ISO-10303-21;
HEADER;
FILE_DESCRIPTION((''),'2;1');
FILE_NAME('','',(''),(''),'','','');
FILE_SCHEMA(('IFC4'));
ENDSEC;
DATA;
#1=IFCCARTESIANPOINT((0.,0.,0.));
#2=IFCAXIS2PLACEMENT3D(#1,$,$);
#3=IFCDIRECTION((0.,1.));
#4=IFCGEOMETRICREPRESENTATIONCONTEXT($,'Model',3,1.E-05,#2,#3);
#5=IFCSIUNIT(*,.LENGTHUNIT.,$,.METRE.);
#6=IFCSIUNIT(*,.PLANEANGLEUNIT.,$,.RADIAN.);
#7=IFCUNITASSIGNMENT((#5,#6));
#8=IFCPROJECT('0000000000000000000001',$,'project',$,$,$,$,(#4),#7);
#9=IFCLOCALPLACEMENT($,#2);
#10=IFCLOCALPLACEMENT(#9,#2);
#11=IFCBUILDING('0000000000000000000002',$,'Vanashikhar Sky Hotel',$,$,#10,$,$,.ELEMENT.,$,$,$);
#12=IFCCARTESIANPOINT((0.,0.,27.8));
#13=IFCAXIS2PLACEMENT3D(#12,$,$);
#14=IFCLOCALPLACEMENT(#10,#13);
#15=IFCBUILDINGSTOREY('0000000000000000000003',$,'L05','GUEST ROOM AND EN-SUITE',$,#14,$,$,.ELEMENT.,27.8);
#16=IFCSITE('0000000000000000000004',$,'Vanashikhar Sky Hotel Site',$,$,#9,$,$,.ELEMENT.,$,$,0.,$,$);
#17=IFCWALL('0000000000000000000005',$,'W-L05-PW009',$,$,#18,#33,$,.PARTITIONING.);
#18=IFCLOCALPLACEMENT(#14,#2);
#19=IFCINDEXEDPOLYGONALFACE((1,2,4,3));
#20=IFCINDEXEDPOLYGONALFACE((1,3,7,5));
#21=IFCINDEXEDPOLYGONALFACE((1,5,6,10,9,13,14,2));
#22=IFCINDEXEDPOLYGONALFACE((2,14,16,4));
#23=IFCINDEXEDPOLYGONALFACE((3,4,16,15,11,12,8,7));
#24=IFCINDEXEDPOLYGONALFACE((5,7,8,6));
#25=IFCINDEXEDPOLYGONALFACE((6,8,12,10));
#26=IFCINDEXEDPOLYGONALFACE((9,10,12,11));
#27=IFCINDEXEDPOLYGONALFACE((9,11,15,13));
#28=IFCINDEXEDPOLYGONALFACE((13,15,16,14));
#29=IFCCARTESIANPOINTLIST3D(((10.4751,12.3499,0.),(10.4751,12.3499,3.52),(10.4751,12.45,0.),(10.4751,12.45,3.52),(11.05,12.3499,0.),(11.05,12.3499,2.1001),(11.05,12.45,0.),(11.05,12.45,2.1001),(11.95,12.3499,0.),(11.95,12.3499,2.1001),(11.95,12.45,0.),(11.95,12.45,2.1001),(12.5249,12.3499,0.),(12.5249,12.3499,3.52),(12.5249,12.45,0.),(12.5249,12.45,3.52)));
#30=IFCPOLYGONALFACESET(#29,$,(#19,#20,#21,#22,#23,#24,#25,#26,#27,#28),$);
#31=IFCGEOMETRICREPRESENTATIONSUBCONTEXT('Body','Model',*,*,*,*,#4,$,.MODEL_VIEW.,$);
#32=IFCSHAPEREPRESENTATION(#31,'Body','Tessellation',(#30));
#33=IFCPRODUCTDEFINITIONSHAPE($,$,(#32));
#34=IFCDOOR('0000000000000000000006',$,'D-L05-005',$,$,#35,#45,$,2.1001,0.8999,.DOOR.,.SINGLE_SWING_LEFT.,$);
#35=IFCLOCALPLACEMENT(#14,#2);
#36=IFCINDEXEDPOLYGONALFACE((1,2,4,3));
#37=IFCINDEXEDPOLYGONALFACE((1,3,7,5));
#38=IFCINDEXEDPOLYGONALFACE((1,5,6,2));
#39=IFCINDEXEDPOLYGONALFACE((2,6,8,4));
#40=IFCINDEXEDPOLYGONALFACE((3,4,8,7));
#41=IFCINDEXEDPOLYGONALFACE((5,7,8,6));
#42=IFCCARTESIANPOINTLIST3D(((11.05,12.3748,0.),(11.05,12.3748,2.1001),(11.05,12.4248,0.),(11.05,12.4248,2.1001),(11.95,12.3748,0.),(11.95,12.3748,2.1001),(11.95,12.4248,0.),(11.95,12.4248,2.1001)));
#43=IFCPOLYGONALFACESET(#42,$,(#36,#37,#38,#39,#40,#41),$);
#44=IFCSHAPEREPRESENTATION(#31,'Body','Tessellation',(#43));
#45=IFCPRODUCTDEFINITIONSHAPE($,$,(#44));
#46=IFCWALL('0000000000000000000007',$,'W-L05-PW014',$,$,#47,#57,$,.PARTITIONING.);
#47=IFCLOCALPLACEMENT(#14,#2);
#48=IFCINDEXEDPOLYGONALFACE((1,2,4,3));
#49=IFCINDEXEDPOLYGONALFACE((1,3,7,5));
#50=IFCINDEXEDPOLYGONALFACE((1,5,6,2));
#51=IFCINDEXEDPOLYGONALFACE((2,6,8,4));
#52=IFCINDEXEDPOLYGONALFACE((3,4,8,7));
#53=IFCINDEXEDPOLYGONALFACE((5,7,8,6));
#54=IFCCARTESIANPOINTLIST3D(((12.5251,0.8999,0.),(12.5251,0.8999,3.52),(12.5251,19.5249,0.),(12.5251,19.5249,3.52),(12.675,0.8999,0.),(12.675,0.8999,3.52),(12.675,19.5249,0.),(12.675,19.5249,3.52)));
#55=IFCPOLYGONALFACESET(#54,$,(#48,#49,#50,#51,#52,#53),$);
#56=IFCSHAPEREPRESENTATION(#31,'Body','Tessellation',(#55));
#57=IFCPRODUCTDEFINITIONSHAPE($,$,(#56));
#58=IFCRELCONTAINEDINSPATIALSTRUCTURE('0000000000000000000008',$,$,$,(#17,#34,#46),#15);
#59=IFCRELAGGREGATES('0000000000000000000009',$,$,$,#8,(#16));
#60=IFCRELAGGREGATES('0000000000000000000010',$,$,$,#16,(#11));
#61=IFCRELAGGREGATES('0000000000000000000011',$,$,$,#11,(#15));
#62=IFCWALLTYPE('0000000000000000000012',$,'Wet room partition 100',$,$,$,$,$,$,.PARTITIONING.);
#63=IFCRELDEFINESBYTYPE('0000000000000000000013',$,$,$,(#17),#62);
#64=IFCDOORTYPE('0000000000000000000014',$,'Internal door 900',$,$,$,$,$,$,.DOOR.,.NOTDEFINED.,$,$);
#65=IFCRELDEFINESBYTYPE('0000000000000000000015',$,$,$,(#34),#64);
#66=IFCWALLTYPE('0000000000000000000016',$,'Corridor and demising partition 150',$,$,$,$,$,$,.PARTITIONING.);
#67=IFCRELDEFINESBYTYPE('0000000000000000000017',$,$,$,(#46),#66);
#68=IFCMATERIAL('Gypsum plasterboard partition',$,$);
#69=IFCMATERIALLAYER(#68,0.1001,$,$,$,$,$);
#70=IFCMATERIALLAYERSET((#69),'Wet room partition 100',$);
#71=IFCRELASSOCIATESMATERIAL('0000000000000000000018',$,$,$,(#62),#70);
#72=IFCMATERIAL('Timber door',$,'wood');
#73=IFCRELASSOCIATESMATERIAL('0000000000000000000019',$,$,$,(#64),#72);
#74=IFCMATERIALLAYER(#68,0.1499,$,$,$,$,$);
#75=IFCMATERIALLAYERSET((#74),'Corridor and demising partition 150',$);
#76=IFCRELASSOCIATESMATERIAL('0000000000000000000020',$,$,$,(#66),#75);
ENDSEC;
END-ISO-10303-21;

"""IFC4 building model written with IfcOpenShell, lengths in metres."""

from ifc_helpers import new_model, si_unit, direction, frame, frame_2d, origin, place, context, subcontext, project, spatial, rectangle, extrude, source, transform, mapped, material, layer, layer_set, type_object, element, fill, save


model = new_model("IFC4")

# Units and contexts
model_context = context("Model", 3, precision=1e-05, world=origin(), true_north=direction((0.0, 1.0)))
body_context = subcontext(model_context, "Body", "Model", "MODEL_VIEW")
ifc_project = project(units=[si_unit("LENGTHUNIT", "METRE"), si_unit("PLANEANGLEUNIT", "RADIAN")], contexts=[model_context])

# Site, building, storey
site_placement = place(None, origin())
site = spatial("IfcSite", under=ifc_project, at=site_placement, Name="Vanashikhar Sky Hotel Site", CompositionType="ELEMENT", RefElevation=0.0)
building_placement = place(site_placement, origin())
building = spatial("IfcBuilding", under=site, at=building_placement, Name="Vanashikhar Sky Hotel", CompositionType="ELEMENT")
storey_placement = place(building_placement, frame((0.0, 0.0, 27.8)))
storey = spatial("IfcBuildingStorey", under=building, at=storey_placement, Name="L05", Description="GUEST ROOM AND EN-SUITE", CompositionType="ELEMENT", Elevation=27.8)

# Shared definitions
ifc_material_1 = material(Name="Gypsum plasterboard partition")
ifc_layer_1 = layer(ifc_material_1, 0.1001)
ifc_layer_set_1 = layer_set([ifc_layer_1], Name="Wet room partition 100")
wall_type_1 = type_object("IfcWallType", Name="Wet room partition 100", PredefinedType="PARTITIONING", material=ifc_layer_set_1)

# Shared definitions
shared_shape_1 = source(origin(), body_context, "Body", "SweptSolid", [
    extrude(rectangle(XDim=0.8999, YDim=2.1001, at=frame_2d((0.45, 1.05))), frame((0.0, 0.0601, 0.0), z_axis=(0.0, -1.0, 0.0), x_axis=(1.0, 0.0, 0.0)), (0.0, 0.0, 1.0), 0.1201),
])
ifc_material_2 = material(Name="Timber door", Category="wood")
door_type_1 = type_object("IfcDoorType", Name="Internal door 900", OperationType="NOTDEFINED", PredefinedType="DOOR", material=ifc_material_2)
shared_shape_2 = source(origin(), body_context, "Body", "SweptSolid", [
    extrude(rectangle(XDim=0.8999, YDim=2.1001, at=frame_2d((0.45, 1.05))), frame((0.0, 0.0249, 0.0), z_axis=(0.0, -1.0, 0.0), x_axis=(1.0, 0.0, 0.0)), (0.0, 0.0, 1.0), 0.05),
])

# Shared definitions
ifc_layer_2 = layer(ifc_material_1, 0.1499)
ifc_layer_set_2 = layer_set([ifc_layer_2], Name="Corridor and demising partition 150")
wall_type_2 = type_object("IfcWallType", Name="Corridor and demising partition 150", PredefinedType="PARTITIONING", material=ifc_layer_set_2)

# Wall, opening, door
shared_shape_3 = source(origin(), body_context, "Body", "SweptSolid", [
    extrude(rectangle(XDim=2.0498, YDim=0.1001, at=frame_2d((1.0249, 0.0))), origin(), (0.0, 0.0, 1.0), 3.52),
])
wall_1_placement = place(storey_placement, frame((10.4751, 12.3999, 0.0), z_axis=(0.0, 0.0, 1.0), x_axis=(1.0, 0.0, 0.0)))
wall_1 = element("IfcWall", 1, at=wall_1_placement, inside=storey, type_object=wall_type_1, Name="W-L05-PW009", PredefinedType="PARTITIONING", context=body_context, shape_type="MappedRepresentation", body=[
    mapped(shared_shape_3, transform((0.0, 0.0, 0.0), scale=1.0)),
])
opening_1_placement = place(wall_1_placement, frame((0.575, 0.0, 0.0)))
opening_1 = element("IfcOpeningElement", 2, at=opening_1_placement, cuts=wall_1, PredefinedType="OPENING", context=body_context, shape_type="MappedRepresentation", body=[
    mapped(shared_shape_1, transform((0.0, 0.0, 0.0), scale=1.0)),
])
door_1_placement = place(opening_1_placement, origin())
door_1 = element("IfcDoor", 3, at=door_1_placement, inside=storey, type_object=door_type_1, Name="D-L05-005", OperationType="SINGLE_SWING_LEFT", OverallHeight=2.1001, OverallWidth=0.8999, PredefinedType="DOOR", context=body_context, shape_type="MappedRepresentation", body=[
    mapped(shared_shape_2, transform((0.0, 0.0, 0.0), scale=1.0)),
])
fill(opening_1, door_1)

# Wall
shared_shape_4 = source(origin(), body_context, "Body", "SweptSolid", [
    extrude(rectangle(XDim=18.625, YDim=0.1499, at=frame_2d((9.3125, 0.0))), origin(), (0.0, 0.0, 1.0), 3.52),
])
wall_2_placement = place(storey_placement, frame((12.6001, 0.8999, 0.0), z_axis=(0.0, 0.0, 1.0), x_axis=(0.0, 1.0, 0.0)))
element("IfcWall", 4, at=wall_2_placement, inside=storey, type_object=wall_type_2, Name="W-L05-PW014", PredefinedType="PARTITIONING", context=body_context, shape_type="MappedRepresentation", body=[
    mapped(shared_shape_4, transform((0.0, 0.0, 0.0), scale=1.0)),
])

save(model, "model.ifc")
